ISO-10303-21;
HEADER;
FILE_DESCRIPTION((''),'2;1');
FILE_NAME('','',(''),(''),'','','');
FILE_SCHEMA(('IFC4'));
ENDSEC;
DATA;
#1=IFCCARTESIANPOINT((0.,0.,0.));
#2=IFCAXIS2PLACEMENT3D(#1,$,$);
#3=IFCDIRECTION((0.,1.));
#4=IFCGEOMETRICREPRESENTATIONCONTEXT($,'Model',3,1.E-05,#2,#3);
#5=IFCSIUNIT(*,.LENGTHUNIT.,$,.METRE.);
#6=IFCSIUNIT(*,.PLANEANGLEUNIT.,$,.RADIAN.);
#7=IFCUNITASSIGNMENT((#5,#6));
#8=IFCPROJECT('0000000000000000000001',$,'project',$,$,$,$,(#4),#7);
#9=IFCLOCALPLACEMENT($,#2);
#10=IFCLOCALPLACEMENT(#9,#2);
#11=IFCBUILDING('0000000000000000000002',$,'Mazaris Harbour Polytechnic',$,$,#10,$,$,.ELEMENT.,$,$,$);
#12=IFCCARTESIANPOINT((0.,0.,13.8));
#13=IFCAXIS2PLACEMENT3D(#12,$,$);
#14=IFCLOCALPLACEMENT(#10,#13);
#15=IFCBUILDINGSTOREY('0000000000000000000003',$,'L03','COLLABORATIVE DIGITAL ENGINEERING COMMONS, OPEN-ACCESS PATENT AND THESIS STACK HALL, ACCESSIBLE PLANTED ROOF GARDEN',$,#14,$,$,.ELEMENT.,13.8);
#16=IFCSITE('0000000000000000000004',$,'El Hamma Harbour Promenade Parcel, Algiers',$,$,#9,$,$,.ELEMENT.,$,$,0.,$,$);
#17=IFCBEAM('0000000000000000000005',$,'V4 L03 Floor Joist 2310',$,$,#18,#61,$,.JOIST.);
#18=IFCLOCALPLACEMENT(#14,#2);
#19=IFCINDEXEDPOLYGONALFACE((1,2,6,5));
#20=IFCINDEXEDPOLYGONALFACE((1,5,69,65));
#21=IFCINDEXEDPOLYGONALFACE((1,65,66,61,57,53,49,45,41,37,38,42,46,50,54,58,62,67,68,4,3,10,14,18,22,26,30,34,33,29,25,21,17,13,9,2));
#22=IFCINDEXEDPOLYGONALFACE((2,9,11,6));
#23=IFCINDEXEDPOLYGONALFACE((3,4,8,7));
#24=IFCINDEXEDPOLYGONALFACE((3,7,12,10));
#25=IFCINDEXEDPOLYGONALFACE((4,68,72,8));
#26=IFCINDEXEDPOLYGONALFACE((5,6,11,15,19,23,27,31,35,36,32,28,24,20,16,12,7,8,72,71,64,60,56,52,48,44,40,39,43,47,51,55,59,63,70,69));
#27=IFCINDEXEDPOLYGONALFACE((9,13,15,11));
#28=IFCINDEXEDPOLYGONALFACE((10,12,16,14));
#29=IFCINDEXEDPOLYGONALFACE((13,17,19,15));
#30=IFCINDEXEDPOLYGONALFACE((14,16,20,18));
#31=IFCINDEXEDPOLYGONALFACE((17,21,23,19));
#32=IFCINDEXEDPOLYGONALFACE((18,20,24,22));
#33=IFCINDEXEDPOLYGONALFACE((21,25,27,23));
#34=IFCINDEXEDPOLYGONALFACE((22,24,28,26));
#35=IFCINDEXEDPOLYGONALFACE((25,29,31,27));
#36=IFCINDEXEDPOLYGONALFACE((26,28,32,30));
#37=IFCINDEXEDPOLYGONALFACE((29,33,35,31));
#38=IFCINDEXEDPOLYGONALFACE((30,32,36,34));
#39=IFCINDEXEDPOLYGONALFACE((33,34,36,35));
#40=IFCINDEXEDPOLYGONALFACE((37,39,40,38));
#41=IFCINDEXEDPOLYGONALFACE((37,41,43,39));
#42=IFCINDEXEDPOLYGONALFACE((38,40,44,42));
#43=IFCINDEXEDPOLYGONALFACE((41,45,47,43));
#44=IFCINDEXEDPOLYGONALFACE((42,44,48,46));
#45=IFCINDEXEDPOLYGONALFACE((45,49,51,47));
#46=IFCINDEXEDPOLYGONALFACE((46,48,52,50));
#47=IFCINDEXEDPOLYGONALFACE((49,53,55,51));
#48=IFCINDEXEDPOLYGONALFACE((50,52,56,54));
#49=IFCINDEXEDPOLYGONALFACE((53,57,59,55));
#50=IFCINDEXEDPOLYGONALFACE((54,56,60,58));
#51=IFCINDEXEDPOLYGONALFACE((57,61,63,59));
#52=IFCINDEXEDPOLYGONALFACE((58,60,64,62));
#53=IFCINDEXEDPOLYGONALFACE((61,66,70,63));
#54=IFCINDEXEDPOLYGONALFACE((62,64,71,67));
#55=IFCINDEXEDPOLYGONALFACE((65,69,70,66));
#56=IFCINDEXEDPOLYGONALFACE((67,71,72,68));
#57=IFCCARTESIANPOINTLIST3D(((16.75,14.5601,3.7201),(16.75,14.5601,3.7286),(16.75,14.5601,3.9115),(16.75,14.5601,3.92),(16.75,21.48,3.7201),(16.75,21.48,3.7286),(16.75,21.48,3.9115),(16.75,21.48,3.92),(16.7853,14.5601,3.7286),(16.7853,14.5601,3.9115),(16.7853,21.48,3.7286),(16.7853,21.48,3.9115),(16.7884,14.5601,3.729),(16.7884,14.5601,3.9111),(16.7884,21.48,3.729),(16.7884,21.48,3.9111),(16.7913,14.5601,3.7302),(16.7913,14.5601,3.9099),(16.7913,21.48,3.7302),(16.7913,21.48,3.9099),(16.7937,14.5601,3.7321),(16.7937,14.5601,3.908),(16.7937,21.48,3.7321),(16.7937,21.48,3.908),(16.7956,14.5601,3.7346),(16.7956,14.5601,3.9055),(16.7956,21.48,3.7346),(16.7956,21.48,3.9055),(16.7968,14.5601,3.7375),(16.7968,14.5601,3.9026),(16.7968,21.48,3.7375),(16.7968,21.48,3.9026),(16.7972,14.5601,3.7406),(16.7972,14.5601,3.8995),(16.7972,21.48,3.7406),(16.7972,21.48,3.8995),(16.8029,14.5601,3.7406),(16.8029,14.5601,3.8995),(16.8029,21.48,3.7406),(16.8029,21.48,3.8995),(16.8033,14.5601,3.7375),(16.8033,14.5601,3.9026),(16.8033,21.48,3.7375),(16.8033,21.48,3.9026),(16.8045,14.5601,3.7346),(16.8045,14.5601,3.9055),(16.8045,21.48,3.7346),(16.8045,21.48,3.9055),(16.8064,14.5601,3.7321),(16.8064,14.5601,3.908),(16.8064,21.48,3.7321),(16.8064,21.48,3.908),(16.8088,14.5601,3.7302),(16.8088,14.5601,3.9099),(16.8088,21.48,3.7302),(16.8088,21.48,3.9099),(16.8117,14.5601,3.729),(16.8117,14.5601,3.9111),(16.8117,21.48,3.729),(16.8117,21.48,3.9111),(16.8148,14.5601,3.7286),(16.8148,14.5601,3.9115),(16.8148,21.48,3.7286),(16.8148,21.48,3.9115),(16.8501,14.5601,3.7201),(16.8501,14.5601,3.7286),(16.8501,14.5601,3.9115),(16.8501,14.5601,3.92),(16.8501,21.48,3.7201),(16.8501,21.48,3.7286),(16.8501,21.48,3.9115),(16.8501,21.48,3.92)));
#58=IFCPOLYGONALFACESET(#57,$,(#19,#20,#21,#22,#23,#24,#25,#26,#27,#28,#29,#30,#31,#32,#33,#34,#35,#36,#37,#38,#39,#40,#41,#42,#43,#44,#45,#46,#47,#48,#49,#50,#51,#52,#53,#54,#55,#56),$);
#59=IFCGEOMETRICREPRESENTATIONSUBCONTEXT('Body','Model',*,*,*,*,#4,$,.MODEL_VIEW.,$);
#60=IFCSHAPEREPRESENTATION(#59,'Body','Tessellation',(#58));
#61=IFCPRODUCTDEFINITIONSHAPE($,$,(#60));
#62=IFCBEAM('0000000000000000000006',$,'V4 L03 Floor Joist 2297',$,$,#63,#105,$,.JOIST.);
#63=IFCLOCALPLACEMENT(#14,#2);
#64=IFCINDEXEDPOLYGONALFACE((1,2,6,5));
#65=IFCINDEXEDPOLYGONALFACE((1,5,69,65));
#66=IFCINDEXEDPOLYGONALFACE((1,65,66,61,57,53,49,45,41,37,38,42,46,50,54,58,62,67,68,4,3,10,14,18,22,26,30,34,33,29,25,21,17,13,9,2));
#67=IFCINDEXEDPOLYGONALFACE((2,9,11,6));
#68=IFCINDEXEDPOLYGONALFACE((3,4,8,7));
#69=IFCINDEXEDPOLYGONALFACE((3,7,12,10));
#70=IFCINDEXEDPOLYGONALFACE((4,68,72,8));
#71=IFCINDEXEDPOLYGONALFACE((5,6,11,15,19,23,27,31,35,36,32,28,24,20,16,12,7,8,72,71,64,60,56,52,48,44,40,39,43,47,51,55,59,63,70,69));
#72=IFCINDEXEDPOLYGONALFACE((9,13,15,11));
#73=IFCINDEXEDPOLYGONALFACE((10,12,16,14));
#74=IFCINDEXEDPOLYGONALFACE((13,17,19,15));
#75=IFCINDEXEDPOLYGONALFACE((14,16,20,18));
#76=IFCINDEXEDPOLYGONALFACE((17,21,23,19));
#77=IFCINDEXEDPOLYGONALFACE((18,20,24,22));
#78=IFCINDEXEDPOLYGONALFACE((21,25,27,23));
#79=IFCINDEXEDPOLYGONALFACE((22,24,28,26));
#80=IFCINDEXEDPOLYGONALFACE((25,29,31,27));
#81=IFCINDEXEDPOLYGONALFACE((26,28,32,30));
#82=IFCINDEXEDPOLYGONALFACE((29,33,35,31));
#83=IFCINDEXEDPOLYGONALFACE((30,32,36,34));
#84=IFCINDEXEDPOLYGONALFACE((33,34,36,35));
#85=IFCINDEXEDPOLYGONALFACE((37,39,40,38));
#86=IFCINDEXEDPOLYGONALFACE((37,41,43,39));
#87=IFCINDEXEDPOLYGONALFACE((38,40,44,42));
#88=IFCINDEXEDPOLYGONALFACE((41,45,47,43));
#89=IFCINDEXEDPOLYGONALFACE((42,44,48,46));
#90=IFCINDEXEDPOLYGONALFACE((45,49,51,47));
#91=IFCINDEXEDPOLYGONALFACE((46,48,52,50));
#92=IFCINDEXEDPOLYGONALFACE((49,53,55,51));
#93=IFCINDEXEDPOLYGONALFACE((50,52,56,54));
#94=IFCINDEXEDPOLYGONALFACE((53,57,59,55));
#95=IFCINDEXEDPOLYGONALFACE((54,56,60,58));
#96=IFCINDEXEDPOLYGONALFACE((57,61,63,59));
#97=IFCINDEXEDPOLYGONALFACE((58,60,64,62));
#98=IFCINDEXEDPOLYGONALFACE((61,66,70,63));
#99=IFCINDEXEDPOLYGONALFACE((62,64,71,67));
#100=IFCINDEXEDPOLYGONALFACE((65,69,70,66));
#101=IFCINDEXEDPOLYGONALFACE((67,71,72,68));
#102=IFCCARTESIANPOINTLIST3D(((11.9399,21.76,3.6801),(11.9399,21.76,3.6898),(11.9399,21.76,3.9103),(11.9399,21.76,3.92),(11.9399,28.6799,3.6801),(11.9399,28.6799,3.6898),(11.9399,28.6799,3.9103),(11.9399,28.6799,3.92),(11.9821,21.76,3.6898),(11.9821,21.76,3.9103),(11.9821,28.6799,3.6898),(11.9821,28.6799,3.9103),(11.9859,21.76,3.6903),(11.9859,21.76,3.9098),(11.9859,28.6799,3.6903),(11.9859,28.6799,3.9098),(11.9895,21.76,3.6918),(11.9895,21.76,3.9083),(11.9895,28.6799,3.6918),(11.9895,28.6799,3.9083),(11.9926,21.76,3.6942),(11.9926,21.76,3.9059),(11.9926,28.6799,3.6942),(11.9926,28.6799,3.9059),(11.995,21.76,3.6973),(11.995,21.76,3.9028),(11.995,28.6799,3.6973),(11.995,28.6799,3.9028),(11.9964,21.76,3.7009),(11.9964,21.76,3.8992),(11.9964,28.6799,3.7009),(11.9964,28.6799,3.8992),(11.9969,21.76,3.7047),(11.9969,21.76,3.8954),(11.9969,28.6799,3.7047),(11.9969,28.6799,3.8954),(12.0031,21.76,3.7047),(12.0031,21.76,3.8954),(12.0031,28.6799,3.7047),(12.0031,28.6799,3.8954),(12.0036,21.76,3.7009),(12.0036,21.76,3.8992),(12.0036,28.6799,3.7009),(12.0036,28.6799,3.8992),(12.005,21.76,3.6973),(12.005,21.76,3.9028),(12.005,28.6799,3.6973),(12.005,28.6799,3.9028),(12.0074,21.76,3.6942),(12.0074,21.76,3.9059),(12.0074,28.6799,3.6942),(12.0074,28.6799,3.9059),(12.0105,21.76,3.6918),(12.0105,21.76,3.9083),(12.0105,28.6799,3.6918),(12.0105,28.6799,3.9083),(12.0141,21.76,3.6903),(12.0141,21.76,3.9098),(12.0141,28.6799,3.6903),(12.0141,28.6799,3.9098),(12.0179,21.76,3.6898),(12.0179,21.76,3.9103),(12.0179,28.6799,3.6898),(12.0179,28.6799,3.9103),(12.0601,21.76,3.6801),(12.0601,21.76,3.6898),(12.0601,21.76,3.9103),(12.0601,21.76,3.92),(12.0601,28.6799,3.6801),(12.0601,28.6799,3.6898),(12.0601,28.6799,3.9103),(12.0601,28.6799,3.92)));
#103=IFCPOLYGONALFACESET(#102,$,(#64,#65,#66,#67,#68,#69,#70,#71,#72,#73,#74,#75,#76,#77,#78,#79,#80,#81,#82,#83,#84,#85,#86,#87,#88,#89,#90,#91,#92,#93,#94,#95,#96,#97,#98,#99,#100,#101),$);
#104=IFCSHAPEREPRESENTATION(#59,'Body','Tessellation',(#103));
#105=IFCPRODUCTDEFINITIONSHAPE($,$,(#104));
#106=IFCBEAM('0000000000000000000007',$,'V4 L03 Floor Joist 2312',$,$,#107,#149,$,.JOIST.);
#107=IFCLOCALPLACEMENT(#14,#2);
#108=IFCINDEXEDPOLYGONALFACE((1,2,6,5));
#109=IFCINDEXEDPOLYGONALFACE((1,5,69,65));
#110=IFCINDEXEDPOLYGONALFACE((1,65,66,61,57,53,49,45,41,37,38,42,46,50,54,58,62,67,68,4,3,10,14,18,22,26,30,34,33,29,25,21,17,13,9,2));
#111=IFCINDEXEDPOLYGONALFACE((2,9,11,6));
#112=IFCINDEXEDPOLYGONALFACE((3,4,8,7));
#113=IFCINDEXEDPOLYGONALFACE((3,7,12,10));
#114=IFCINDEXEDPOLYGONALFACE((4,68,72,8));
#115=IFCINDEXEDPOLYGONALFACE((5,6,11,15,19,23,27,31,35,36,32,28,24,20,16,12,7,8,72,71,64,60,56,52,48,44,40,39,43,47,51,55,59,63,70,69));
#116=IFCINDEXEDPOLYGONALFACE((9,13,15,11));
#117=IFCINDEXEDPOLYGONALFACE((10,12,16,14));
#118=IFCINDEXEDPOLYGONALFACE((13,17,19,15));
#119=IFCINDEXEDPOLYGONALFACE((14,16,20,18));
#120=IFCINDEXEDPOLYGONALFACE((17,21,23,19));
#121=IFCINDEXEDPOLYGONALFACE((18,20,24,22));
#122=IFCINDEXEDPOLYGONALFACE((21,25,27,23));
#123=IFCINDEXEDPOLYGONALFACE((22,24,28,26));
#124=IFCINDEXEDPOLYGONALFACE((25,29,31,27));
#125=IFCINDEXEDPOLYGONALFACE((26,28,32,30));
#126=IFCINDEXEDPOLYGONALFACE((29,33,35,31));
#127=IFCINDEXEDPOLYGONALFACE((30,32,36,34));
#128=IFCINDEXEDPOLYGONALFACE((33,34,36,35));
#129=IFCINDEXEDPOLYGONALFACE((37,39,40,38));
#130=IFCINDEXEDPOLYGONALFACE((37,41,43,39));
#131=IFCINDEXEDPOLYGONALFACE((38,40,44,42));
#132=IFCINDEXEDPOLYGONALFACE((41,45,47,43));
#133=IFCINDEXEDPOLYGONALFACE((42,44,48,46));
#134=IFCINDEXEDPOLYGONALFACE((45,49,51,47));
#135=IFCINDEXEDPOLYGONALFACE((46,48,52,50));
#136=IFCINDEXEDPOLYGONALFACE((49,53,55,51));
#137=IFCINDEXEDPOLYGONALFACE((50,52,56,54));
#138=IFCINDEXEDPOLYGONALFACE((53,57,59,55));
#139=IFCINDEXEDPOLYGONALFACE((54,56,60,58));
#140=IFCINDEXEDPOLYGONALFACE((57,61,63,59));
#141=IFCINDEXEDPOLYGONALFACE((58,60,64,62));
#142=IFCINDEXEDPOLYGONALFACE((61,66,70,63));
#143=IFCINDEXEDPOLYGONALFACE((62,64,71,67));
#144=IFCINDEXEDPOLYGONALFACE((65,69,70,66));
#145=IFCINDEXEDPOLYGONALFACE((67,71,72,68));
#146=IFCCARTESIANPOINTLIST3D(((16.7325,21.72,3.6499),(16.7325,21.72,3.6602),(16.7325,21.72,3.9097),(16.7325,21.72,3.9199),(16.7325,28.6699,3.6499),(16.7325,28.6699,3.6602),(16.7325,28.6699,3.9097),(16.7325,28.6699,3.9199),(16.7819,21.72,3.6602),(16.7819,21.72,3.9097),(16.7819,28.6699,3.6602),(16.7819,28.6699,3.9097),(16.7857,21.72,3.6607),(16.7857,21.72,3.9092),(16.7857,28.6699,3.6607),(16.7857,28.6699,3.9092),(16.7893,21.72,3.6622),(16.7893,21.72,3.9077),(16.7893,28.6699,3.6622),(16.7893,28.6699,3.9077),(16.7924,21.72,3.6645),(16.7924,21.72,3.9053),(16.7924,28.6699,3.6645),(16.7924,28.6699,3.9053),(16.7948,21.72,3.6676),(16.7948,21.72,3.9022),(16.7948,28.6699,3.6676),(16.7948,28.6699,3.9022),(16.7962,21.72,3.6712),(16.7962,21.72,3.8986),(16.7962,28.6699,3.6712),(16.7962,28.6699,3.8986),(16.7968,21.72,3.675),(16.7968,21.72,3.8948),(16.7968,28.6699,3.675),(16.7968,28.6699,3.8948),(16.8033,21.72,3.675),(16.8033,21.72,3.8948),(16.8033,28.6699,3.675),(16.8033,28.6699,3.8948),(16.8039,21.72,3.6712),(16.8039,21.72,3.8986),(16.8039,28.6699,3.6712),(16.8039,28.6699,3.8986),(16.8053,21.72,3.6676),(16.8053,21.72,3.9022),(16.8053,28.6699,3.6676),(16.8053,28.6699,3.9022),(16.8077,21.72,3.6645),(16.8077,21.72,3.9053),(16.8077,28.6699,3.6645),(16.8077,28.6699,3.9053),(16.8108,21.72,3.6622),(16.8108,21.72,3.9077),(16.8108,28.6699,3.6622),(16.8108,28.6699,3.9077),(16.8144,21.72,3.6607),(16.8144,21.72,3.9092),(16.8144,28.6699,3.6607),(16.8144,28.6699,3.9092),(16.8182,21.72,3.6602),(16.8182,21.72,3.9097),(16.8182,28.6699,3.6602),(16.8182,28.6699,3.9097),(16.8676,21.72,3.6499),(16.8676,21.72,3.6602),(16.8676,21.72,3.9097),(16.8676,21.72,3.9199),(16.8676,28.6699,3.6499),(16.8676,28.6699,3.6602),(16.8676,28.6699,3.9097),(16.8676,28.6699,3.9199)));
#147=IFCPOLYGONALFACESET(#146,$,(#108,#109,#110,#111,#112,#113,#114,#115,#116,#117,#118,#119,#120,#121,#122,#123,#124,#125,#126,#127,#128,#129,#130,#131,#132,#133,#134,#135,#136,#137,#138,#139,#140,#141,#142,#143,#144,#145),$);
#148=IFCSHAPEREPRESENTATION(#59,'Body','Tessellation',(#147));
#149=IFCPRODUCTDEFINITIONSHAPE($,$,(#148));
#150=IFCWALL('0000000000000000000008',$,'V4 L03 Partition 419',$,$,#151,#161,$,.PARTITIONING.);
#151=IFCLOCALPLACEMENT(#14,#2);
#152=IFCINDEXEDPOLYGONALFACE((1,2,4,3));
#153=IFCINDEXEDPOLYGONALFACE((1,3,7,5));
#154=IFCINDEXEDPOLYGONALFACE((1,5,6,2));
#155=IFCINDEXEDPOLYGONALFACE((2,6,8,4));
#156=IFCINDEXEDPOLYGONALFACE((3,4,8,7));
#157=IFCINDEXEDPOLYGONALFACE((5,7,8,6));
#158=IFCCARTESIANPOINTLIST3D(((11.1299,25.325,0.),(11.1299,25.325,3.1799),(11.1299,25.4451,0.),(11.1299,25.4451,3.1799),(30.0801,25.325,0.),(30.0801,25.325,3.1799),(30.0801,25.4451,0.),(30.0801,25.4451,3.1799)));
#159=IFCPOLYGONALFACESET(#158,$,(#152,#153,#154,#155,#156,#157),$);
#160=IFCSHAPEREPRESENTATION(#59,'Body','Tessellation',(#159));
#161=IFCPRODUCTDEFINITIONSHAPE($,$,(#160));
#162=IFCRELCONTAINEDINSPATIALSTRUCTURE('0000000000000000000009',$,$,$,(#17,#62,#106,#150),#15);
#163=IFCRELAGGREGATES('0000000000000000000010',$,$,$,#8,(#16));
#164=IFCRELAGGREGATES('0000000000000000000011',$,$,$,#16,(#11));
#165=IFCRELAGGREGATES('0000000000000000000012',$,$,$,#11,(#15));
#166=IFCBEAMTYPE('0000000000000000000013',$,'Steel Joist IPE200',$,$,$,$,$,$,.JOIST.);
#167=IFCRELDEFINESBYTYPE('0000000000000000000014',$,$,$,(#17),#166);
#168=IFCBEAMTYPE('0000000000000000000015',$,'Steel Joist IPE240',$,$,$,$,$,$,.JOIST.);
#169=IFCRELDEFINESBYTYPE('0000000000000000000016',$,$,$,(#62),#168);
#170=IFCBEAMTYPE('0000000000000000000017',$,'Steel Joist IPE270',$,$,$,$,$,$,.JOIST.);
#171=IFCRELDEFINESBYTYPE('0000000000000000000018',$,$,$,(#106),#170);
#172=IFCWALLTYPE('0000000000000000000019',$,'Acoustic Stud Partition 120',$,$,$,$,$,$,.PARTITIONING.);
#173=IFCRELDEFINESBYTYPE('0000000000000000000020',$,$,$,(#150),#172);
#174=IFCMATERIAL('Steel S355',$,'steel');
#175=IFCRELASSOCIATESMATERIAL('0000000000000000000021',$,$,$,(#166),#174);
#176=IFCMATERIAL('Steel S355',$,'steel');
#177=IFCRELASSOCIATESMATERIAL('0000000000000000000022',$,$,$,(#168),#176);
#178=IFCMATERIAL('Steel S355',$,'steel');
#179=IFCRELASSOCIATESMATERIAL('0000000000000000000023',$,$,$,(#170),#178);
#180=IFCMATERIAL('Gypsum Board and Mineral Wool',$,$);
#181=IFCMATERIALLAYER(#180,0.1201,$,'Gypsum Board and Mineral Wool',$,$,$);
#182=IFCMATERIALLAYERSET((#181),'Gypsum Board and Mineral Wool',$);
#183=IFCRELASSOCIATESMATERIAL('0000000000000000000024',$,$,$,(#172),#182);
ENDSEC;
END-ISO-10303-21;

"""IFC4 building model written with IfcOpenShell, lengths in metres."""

from ifc_helpers import new_model, si_unit, direction, frame, frame_2d, origin, origin_2d, place, context, subcontext, project, spatial, rectangle, i_section, extrude, material, layer, layer_set, material_profile, profile_set, type_object, element, save


model = new_model("IFC4")

# Units and contexts
model_context = context("Model", 3, precision=1e-05, world=origin(), true_north=direction((0.0, 1.0)))
body_context = subcontext(model_context, "Body", "Model", "MODEL_VIEW")
ifc_project = project(units=[si_unit("LENGTHUNIT", "METRE"), si_unit("PLANEANGLEUNIT", "RADIAN")], contexts=[model_context])

# Site, building, storey
site_placement = place(None, origin())
site = spatial("IfcSite", under=ifc_project, at=site_placement, Name="El Hamma Harbour Promenade Parcel, Algiers", CompositionType="ELEMENT", RefElevation=0.0)
building_placement = place(site_placement, origin())
building = spatial("IfcBuilding", under=site, at=building_placement, Name="Mazaris Harbour Polytechnic", CompositionType="ELEMENT")
storey_placement = place(building_placement, frame((0.0, 0.0, 13.8)))
storey = spatial("IfcBuildingStorey", under=building, at=storey_placement, Name="L03", Description="COLLABORATIVE DIGITAL ENGINEERING COMMONS, OPEN-ACCESS PATENT AND THESIS STACK HALL, ACCESSIBLE PLANTED ROOF GARDEN", CompositionType="ELEMENT", Elevation=13.8)

# Beams
ifc_material_1 = material(Name="Steel S355", Category="steel")
ifc_material_profile_1 = material_profile(ifc_material_1, i_section(OverallWidth=0.1001, OverallDepth=0.2, WebThickness=0.0056, FlangeThickness=0.0085, FilletRadius=0.012, at=origin_2d()), Name="IPE 200")
ifc_profile_set_1 = profile_set([ifc_material_profile_1], Name="Steel S355")
beam_type_1 = type_object("IfcBeamType", Name="Steel Joist IPE200", PredefinedType="JOIST", material=ifc_profile_set_1)
for number, where, z_axis, x_axis, name in (
    (1, (16.8, 14.5601, 3.8201), (0.0, 1.0, 0.0), (-1.0, 0.0, 0.0), "V4 L03 Floor Joist 2310"),
):
    element("IfcBeam", number, at=place(storey_placement, frame(where, z_axis=z_axis, x_axis=x_axis)), inside=storey, type_object=beam_type_1, Name=name, PredefinedType="JOIST", context=body_context, shape_type="SweptSolid", body=[
        extrude(i_section(OverallWidth=0.1001, OverallDepth=0.2, WebThickness=0.0056, FlangeThickness=0.0085, FilletRadius=0.012, at=origin_2d()), origin(), (0.0, 0.0, 1.0), 6.9199),
    ])
ifc_material_2 = material(Name="Steel S355", Category="steel")
ifc_material_profile_2 = material_profile(ifc_material_2, i_section(OverallWidth=0.1201, OverallDepth=0.24, WebThickness=0.0061, FlangeThickness=0.0098, FilletRadius=0.0149, at=origin_2d()), Name="IPE 240")
ifc_profile_set_2 = profile_set([ifc_material_profile_2], Name="Steel S355")
beam_type_2 = type_object("IfcBeamType", Name="Steel Joist IPE240", PredefinedType="JOIST", material=ifc_profile_set_2)
beam_1_placement = place(storey_placement, frame((12.0, 21.76, 3.8), z_axis=(0.0, 1.0, 0.0), x_axis=(-1.0, 0.0, 0.0)))
element("IfcBeam", 2, at=beam_1_placement, inside=storey, type_object=beam_type_2, Name="V4 L03 Floor Joist 2297", PredefinedType="JOIST", context=body_context, shape_type="SweptSolid", body=[
    extrude(i_section(OverallWidth=0.1201, OverallDepth=0.24, WebThickness=0.0061, FlangeThickness=0.0098, FilletRadius=0.0149, at=origin_2d()), origin(), (0.0, 0.0, 1.0), 6.9199),
])
ifc_material_3 = material(Name="Steel S355", Category="steel")
ifc_material_profile_3 = material_profile(ifc_material_3, i_section(OverallWidth=0.135, OverallDepth=0.27, WebThickness=0.0066, FlangeThickness=0.0103, FilletRadius=0.0149, at=origin_2d()), Name="IPE 270")
ifc_profile_set_3 = profile_set([ifc_material_profile_3], Name="Steel S355")
beam_type_3 = type_object("IfcBeamType", Name="Steel Joist IPE270", PredefinedType="JOIST", material=ifc_profile_set_3)
beam_2_placement = place(storey_placement, frame((16.8, 21.72, 3.7849), z_axis=(0.0, 1.0, 0.0), x_axis=(-1.0, 0.0, 0.0)))
element("IfcBeam", 3, at=beam_2_placement, inside=storey, type_object=beam_type_3, Name="V4 L03 Floor Joist 2312", PredefinedType="JOIST", context=body_context, shape_type="SweptSolid", body=[
    extrude(i_section(OverallWidth=0.135, OverallDepth=0.27, WebThickness=0.0066, FlangeThickness=0.0103, FilletRadius=0.0149, at=origin_2d()), origin(), (0.0, 0.0, 1.0), 6.95),
])

# Wall
ifc_material_4 = material(Name="Gypsum Board and Mineral Wool")
ifc_layer_1 = layer(ifc_material_4, 0.1201, Name="Gypsum Board and Mineral Wool")
ifc_layer_set_1 = layer_set([ifc_layer_1], Name="Gypsum Board and Mineral Wool")
wall_type_1 = type_object("IfcWallType", Name="Acoustic Stud Partition 120", PredefinedType="PARTITIONING", material=ifc_layer_set_1)
wall_1_placement = place(storey_placement, frame((11.1299, 25.385, 0.0), z_axis=(0.0, 0.0, 1.0), x_axis=(1.0, 0.0, 0.0)))
element("IfcWall", 4, at=wall_1_placement, inside=storey, type_object=wall_type_1, Name="V4 L03 Partition 419", PredefinedType="PARTITIONING", context=body_context, shape_type="SweptSolid", body=[
    extrude(rectangle(XDim=18.9502, YDim=0.1201, at=frame_2d((9.4751, 0.0))), origin(), (0.0, 0.0, 1.0), 3.1799),
])

save(model, "model.ifc")
